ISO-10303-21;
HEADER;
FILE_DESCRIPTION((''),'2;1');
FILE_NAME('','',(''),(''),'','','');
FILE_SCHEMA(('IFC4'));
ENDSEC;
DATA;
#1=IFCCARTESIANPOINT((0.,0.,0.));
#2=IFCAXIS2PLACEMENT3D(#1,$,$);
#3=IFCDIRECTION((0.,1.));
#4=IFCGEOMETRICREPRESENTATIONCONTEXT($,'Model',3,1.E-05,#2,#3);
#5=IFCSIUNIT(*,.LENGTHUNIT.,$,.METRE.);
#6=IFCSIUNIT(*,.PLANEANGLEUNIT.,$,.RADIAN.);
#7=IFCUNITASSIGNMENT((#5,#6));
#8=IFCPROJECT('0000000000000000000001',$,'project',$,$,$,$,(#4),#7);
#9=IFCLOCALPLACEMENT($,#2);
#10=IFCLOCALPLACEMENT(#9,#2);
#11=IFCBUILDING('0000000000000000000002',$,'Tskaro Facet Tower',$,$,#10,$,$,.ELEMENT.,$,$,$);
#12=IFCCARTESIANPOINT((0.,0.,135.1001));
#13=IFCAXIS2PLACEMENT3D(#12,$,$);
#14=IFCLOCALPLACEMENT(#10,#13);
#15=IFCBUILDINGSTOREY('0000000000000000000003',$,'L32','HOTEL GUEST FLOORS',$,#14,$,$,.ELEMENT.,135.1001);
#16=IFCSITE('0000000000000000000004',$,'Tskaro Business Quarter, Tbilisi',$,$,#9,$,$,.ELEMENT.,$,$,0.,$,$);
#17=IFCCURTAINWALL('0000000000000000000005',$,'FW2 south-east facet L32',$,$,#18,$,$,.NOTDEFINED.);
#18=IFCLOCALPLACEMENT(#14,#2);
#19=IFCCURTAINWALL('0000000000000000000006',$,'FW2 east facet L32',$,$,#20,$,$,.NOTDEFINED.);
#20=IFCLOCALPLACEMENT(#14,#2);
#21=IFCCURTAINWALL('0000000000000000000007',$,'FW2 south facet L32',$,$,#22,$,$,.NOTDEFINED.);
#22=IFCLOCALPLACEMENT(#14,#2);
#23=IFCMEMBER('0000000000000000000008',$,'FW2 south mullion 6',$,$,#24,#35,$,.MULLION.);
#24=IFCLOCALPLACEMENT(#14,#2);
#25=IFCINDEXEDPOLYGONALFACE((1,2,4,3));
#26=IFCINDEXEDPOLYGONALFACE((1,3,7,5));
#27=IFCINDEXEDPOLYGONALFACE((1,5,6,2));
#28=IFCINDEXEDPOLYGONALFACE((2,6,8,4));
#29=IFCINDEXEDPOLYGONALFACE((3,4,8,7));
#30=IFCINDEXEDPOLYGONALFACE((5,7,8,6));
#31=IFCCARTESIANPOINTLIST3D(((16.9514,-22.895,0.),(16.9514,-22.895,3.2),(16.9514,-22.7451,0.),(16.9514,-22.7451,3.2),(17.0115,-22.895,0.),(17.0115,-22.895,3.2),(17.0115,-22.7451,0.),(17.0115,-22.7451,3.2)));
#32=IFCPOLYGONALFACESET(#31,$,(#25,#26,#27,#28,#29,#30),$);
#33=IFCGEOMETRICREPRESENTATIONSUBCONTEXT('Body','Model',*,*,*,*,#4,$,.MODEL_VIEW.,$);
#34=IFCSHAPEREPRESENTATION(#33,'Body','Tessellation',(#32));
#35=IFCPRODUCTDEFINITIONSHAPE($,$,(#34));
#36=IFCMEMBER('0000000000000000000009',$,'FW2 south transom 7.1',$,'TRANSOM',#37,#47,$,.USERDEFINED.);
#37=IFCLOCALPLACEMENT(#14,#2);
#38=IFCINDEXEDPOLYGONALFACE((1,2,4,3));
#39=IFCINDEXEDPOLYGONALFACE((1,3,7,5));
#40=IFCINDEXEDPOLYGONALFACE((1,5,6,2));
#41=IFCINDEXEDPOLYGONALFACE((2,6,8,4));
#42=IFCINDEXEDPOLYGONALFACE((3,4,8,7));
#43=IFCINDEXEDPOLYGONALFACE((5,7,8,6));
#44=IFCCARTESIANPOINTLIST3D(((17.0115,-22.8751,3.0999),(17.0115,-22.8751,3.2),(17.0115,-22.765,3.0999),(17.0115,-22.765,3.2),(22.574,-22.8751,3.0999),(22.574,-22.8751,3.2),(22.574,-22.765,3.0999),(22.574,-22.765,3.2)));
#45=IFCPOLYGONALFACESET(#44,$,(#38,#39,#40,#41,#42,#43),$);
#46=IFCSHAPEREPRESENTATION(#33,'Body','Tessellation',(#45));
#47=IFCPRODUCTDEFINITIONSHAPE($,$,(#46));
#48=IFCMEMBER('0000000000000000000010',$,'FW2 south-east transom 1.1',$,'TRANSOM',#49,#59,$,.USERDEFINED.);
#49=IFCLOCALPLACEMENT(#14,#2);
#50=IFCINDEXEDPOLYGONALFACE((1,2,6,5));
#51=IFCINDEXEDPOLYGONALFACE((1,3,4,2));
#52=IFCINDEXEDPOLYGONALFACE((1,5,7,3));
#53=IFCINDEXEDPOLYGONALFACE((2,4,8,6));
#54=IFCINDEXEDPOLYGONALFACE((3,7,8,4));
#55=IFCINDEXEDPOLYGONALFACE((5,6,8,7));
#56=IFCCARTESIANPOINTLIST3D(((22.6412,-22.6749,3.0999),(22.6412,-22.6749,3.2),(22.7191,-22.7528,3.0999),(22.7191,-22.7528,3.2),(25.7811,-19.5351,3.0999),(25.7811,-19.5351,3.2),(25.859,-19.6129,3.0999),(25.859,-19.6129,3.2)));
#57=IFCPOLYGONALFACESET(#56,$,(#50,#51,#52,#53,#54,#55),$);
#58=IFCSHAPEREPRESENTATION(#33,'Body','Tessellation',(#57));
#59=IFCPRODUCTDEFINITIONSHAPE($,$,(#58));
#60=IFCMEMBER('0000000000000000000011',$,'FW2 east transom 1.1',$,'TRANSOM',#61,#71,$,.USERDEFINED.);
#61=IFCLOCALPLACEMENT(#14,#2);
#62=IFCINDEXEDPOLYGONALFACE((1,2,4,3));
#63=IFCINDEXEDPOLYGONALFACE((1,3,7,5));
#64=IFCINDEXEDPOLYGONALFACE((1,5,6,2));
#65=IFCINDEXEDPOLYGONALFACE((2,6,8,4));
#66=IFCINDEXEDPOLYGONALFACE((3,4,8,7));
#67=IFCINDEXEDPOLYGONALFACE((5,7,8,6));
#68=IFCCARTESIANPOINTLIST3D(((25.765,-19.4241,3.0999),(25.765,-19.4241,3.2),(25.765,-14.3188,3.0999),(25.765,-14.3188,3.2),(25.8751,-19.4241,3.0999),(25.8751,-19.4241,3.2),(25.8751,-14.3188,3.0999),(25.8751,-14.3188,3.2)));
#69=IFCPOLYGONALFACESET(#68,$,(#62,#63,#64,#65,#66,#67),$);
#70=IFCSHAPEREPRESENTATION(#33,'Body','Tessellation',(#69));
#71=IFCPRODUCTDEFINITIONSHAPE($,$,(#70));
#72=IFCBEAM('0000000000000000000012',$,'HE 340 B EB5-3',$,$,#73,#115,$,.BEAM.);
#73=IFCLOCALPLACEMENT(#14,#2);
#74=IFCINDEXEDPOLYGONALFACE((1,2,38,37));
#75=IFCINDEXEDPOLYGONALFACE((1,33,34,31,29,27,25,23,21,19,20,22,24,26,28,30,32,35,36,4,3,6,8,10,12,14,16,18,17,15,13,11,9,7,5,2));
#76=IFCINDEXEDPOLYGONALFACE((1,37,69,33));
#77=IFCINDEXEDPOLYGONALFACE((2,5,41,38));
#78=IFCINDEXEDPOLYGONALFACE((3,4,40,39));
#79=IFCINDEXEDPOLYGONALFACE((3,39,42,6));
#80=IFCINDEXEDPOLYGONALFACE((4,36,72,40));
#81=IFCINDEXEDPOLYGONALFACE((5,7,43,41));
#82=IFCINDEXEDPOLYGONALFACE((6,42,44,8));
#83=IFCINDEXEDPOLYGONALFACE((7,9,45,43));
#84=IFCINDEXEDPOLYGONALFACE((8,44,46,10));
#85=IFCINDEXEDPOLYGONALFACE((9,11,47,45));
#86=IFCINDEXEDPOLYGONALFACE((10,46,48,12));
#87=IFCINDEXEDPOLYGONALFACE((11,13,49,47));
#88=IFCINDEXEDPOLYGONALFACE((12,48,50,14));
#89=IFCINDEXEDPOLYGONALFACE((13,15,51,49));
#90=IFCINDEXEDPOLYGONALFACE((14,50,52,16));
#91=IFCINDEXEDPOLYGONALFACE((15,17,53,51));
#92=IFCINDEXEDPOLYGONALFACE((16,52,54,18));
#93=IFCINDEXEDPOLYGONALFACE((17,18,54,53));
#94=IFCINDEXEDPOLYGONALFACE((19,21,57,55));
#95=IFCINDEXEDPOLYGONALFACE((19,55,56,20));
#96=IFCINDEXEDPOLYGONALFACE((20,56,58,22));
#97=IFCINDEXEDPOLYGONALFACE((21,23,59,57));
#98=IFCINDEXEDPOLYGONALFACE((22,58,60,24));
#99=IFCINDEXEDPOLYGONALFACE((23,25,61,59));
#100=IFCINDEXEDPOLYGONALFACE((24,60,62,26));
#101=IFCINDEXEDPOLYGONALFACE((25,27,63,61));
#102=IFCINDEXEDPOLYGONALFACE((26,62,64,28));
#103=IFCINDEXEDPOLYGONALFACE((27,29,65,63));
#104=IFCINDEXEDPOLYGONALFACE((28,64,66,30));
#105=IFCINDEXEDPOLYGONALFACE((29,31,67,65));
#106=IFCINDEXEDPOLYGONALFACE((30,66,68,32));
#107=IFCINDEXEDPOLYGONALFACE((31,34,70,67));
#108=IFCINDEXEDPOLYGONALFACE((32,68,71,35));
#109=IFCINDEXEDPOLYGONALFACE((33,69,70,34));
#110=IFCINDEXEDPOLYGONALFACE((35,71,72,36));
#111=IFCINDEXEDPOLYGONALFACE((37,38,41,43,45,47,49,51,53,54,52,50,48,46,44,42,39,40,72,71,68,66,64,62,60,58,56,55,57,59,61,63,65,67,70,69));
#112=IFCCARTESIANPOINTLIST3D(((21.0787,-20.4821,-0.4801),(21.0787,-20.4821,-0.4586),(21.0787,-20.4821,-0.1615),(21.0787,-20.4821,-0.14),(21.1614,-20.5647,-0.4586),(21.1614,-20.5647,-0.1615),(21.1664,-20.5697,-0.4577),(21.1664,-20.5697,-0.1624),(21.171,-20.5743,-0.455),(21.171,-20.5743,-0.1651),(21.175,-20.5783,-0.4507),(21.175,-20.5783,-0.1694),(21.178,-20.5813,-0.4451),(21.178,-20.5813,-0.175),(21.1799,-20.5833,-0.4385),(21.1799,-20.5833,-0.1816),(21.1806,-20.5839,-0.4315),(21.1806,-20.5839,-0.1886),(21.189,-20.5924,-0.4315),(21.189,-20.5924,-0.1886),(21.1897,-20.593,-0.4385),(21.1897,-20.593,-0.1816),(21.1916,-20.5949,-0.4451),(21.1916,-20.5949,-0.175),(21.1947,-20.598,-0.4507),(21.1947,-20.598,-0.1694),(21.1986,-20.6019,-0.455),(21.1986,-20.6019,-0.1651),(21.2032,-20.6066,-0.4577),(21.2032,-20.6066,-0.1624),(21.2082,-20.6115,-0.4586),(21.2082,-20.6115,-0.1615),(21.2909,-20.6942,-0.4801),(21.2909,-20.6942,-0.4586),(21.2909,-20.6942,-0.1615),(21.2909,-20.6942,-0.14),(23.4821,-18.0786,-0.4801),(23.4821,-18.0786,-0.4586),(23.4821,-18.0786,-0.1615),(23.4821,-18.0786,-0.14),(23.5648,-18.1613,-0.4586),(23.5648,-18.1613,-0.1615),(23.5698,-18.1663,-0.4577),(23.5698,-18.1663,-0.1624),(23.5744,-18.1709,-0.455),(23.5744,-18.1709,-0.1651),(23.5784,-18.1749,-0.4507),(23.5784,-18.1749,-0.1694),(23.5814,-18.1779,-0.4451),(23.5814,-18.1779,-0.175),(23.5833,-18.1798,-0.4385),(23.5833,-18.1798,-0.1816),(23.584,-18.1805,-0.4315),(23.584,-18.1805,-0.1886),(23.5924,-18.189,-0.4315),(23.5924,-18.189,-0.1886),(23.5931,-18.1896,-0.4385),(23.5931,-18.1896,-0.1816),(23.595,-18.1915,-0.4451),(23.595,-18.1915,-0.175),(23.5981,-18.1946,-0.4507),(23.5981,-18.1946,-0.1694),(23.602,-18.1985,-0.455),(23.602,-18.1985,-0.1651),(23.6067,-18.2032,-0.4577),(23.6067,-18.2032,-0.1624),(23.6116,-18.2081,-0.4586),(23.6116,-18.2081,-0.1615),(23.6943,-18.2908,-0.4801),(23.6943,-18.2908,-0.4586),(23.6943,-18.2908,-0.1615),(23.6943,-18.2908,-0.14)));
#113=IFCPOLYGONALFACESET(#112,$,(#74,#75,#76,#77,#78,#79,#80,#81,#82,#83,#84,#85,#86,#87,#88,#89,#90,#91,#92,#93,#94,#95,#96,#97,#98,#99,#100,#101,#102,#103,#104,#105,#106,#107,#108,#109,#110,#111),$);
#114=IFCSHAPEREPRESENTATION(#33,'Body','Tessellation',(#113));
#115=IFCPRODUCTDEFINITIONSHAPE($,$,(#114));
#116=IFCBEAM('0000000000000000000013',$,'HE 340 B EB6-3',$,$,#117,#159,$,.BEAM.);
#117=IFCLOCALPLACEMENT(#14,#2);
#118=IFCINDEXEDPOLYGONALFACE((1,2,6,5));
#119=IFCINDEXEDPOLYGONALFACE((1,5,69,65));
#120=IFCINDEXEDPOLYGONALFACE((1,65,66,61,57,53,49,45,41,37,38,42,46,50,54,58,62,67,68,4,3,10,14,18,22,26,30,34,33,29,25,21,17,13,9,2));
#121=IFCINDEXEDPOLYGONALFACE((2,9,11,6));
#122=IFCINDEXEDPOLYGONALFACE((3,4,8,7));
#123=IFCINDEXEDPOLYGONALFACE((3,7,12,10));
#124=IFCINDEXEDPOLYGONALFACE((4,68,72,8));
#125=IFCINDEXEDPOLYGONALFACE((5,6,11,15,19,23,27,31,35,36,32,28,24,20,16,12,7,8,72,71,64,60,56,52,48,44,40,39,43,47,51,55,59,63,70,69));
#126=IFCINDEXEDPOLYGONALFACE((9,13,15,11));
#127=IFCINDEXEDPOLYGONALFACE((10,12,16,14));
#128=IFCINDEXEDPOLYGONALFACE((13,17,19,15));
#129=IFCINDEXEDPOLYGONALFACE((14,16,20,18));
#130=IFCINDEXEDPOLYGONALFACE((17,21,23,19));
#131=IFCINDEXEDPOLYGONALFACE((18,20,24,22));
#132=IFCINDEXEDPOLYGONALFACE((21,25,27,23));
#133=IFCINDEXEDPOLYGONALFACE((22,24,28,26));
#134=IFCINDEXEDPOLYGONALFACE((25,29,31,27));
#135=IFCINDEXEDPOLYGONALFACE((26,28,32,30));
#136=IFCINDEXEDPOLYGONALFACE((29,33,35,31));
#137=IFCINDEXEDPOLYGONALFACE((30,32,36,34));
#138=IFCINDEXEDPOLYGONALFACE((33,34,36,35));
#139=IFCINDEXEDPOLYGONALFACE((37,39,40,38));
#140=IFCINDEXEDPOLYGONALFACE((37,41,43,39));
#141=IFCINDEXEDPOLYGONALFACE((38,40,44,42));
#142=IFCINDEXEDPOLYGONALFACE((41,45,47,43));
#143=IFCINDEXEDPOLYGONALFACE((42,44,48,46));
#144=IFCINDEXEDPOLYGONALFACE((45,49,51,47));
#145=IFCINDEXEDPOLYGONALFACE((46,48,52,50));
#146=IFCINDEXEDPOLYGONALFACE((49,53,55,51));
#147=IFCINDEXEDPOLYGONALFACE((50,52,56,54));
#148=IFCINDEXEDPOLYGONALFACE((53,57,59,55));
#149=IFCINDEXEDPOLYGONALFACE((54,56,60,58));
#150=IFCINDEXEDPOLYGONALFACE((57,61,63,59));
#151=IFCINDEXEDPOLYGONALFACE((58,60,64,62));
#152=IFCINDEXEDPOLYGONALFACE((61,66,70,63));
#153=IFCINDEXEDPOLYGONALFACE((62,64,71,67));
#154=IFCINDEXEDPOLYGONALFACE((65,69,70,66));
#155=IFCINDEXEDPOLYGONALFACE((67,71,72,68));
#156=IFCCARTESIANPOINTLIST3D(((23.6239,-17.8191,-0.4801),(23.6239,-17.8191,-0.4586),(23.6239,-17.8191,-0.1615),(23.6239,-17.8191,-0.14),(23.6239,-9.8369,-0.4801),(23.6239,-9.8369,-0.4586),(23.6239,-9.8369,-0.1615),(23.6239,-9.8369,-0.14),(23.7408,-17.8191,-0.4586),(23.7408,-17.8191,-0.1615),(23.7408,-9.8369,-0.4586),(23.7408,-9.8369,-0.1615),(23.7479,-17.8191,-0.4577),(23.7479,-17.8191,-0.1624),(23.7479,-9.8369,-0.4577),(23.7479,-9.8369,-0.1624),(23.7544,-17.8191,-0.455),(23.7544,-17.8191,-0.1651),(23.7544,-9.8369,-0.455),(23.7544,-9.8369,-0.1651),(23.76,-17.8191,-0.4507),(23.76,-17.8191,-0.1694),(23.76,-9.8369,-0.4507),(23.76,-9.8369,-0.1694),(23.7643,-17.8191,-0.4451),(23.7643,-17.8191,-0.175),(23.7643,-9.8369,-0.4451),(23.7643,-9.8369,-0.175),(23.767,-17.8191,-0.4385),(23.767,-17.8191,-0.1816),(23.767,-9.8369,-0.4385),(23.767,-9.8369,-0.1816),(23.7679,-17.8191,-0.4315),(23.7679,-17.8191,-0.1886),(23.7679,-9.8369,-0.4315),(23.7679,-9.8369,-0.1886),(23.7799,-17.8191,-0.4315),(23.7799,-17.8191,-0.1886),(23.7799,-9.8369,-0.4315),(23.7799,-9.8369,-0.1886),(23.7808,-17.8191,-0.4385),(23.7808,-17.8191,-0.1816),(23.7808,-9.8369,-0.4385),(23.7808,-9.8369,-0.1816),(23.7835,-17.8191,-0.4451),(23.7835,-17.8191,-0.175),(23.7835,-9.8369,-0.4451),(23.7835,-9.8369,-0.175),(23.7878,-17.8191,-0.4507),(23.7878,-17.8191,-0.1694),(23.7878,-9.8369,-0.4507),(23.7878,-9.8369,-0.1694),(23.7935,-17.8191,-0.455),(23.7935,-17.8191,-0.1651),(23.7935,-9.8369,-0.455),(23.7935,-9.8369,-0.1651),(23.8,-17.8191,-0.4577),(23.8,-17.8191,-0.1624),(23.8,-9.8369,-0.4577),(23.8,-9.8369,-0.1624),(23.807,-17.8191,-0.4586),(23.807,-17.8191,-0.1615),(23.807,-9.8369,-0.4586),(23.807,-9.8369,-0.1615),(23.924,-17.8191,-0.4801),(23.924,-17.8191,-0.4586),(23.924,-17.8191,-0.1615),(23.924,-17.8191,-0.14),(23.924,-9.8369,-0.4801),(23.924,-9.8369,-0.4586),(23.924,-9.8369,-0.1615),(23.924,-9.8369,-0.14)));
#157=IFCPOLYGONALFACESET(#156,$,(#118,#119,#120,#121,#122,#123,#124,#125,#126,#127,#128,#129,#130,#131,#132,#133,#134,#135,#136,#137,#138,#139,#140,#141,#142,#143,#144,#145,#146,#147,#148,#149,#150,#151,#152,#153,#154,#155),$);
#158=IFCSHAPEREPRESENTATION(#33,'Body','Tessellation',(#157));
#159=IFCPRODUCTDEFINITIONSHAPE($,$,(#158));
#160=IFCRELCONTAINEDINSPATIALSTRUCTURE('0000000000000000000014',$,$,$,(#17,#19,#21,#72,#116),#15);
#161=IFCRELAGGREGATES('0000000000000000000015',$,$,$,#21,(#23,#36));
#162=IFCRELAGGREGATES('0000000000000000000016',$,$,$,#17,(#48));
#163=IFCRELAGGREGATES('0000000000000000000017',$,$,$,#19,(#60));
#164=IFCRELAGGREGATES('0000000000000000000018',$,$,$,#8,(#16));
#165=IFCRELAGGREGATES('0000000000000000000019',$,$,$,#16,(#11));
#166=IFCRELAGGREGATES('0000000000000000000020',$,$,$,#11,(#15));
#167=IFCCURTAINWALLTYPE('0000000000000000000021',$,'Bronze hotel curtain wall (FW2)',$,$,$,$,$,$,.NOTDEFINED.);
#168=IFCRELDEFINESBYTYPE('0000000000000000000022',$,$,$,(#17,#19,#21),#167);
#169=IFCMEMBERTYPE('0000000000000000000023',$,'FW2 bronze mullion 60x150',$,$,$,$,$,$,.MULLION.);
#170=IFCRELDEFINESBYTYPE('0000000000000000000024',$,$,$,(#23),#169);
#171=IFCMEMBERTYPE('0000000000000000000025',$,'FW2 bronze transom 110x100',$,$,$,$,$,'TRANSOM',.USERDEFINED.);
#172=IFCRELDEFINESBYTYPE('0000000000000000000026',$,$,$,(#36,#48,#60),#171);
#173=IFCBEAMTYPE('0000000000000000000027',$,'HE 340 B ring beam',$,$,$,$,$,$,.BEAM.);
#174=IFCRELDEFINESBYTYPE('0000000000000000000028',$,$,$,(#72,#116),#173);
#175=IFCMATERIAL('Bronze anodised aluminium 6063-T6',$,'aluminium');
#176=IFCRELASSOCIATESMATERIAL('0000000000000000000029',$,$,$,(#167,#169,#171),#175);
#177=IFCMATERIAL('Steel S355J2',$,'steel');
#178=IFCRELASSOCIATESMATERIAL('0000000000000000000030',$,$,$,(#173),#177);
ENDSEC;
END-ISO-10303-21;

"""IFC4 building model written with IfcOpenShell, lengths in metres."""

from ifc_helpers import new_model, si_unit, direction, frame, origin, origin_2d, place, context, subcontext, project, spatial, rectangle, i_section, extrude, material, material_profile, profile_set, type_object, element, aggregate, save


model = new_model("IFC4")

# Units and contexts
model_context = context("Model", 3, precision=1e-05, world=origin(), true_north=direction((0.0, 1.0)))
body_context = subcontext(model_context, "Body", "Model", "MODEL_VIEW")
ifc_project = project(units=[si_unit("LENGTHUNIT", "METRE"), si_unit("PLANEANGLEUNIT", "RADIAN")], contexts=[model_context])

# Site, building, storey
site_placement = place(None, origin())
site = spatial("IfcSite", under=ifc_project, at=site_placement, Name="Tskaro Business Quarter, Tbilisi", CompositionType="ELEMENT", RefElevation=0.0)
building_placement = place(site_placement, origin())
building = spatial("IfcBuilding", under=site, at=building_placement, Name="Tskaro Facet Tower", CompositionType="ELEMENT")
storey_placement = place(building_placement, frame((0.0, 0.0, 135.1001)))
storey = spatial("IfcBuildingStorey", under=building, at=storey_placement, Name="L32", Description="HOTEL GUEST FLOORS", CompositionType="ELEMENT", Elevation=135.1001)

# Curtain walls
ifc_material_1 = material(Name="Bronze anodised aluminium 6063-T6", Category="aluminium")
curtain_wall_type = type_object("IfcCurtainWallType", Name="Bronze hotel curtain wall (FW2)", PredefinedType="NOTDEFINED", material=ifc_material_1)
curtain_wall_1_placement = place(storey_placement, origin())
curtain_wall_1 = element("IfcCurtainWall", 1, at=curtain_wall_1_placement, inside=storey, type_object=curtain_wall_type, Name="FW2 south-east facet L32", PredefinedType="NOTDEFINED")
curtain_wall_2_placement = place(storey_placement, origin())
curtain_wall_2 = element("IfcCurtainWall", 2, at=curtain_wall_2_placement, inside=storey, type_object=curtain_wall_type, Name="FW2 east facet L32", PredefinedType="NOTDEFINED")

# Curtain wall, members
curtain_wall_3_placement = place(storey_placement, origin())
curtain_wall_3 = element("IfcCurtainWall", 3, at=curtain_wall_3_placement, inside=storey, type_object=curtain_wall_type, Name="FW2 south facet L32", PredefinedType="NOTDEFINED")
ifc_material_profile_1 = material_profile(ifc_material_1, rectangle(XDim=0.0601, YDim=0.1499, at=origin_2d()), Name="Mullion 60x150")
ifc_profile_set_1 = profile_set([ifc_material_profile_1], Name="Bronze anodised aluminium 6063-T6")
member_type_1 = type_object("IfcMemberType", Name="FW2 bronze mullion 60x150", PredefinedType="MULLION", material=ifc_profile_set_1)
member_1_placement = place(storey_placement, frame((16.9814, -22.8201, 0.0), z_axis=(0.0, 0.0, 1.0), x_axis=(1.0, 0.0, 0.0)))
member_1 = element("IfcMember", 4, at=member_1_placement, type_object=member_type_1, Name="FW2 south mullion 6", PredefinedType="MULLION", context=body_context, shape_type="SweptSolid", body=[
    extrude(rectangle(XDim=0.0601, YDim=0.1499, at=origin_2d()), origin(), (0.0, 0.0, 1.0), 3.2),
])
ifc_material_profile_2 = material_profile(ifc_material_1, rectangle(XDim=0.1101, YDim=0.1001, at=origin_2d()), Name="Transom 110x100")
ifc_profile_set_2 = profile_set([ifc_material_profile_2], Name="Bronze anodised aluminium 6063-T6")
member_type_2 = type_object("IfcMemberType", Name="FW2 bronze transom 110x100", ElementType="TRANSOM", PredefinedType="USERDEFINED", material=ifc_profile_set_2)
member_2_placement = place(storey_placement, frame((17.0115, -22.8201, 3.1499), z_axis=(1.0, 0.0, 0.0), x_axis=(0.0, 1.0, 0.0)))
member_2 = element("IfcMember", 5, at=member_2_placement, type_object=member_type_2, Name="FW2 south transom 7.1", ObjectType="TRANSOM", PredefinedType="USERDEFINED", context=body_context, shape_type="SweptSolid", body=[
    extrude(rectangle(XDim=0.1101, YDim=0.1001, at=origin_2d()), origin(), (0.0, 0.0, 1.0), 5.5625),
])

# Members
member_3_placement = place(storey_placement, frame((22.6802, -22.7139, 3.1499), z_axis=(0.707107, 0.707107, 0.0), x_axis=(-0.707107, 0.707107, 0.0)))
member_3 = element("IfcMember", 6, at=member_3_placement, type_object=member_type_2, Name="FW2 south-east transom 1.1", ObjectType="TRANSOM", PredefinedType="USERDEFINED", context=body_context, shape_type="SweptSolid", body=[
    extrude(rectangle(XDim=0.1101, YDim=0.1001, at=origin_2d()), origin(), (0.0, 0.0, 1.0), 4.4404),
])
member_4_placement = place(storey_placement, frame((25.8201, -19.4241, 3.1499), z_axis=(0.0, 1.0, 0.0), x_axis=(-1.0, 0.0, 0.0)))
member_4 = element("IfcMember", 7, at=member_4_placement, type_object=member_type_2, Name="FW2 east transom 1.1", ObjectType="TRANSOM", PredefinedType="USERDEFINED", context=body_context, shape_type="SweptSolid", body=[
    extrude(rectangle(XDim=0.1101, YDim=0.1001, at=origin_2d()), origin(), (0.0, 0.0, 1.0), 5.1052),
])

# Beams
ifc_material_2 = material(Name="Steel S355J2", Category="steel")
ifc_material_profile_3 = material_profile(ifc_material_2, i_section(OverallWidth=0.3, OverallDepth=0.3401, WebThickness=0.012, FlangeThickness=0.0215, FilletRadius=0.0271, at=origin_2d()), Name="HE 340 B")
ifc_profile_set_3 = profile_set([ifc_material_profile_3], Name="Steel S355J2")
beam_type_1 = type_object("IfcBeamType", Name="HE 340 B ring beam", PredefinedType="BEAM", material=ifc_profile_set_3)
beam_1_placement = place(storey_placement, frame((21.1848, -20.5881, -0.3101), z_axis=(0.707107, 0.707107, 0.0), x_axis=(-0.707107, 0.707107, 0.0)))
element("IfcBeam", 8, at=beam_1_placement, inside=storey, type_object=beam_type_1, Name="HE 340 B EB5-3", PredefinedType="BEAM", context=body_context, shape_type="SweptSolid", body=[
    extrude(i_section(OverallWidth=0.3, OverallDepth=0.3401, WebThickness=0.012, FlangeThickness=0.0215, FilletRadius=0.0271, at=origin_2d()), origin(), (0.0, 0.0, 1.0), 3.3989),
])
beam_2_placement = place(storey_placement, frame((23.7739, -17.8191, -0.3101), z_axis=(0.0, 1.0, 0.0), x_axis=(-1.0, 0.0, 0.0)))
element("IfcBeam", 9, at=beam_2_placement, inside=storey, type_object=beam_type_1, Name="HE 340 B EB6-3", PredefinedType="BEAM", context=body_context, shape_type="SweptSolid", body=[
    extrude(i_section(OverallWidth=0.3, OverallDepth=0.3401, WebThickness=0.012, FlangeThickness=0.0215, FilletRadius=0.0271, at=origin_2d()), origin(), (0.0, 0.0, 1.0), 7.9822),
])

aggregate(curtain_wall_3, [member_1, member_2])
aggregate(curtain_wall_1, [member_3])
aggregate(curtain_wall_2, [member_4])

save(model, "model.ifc")
